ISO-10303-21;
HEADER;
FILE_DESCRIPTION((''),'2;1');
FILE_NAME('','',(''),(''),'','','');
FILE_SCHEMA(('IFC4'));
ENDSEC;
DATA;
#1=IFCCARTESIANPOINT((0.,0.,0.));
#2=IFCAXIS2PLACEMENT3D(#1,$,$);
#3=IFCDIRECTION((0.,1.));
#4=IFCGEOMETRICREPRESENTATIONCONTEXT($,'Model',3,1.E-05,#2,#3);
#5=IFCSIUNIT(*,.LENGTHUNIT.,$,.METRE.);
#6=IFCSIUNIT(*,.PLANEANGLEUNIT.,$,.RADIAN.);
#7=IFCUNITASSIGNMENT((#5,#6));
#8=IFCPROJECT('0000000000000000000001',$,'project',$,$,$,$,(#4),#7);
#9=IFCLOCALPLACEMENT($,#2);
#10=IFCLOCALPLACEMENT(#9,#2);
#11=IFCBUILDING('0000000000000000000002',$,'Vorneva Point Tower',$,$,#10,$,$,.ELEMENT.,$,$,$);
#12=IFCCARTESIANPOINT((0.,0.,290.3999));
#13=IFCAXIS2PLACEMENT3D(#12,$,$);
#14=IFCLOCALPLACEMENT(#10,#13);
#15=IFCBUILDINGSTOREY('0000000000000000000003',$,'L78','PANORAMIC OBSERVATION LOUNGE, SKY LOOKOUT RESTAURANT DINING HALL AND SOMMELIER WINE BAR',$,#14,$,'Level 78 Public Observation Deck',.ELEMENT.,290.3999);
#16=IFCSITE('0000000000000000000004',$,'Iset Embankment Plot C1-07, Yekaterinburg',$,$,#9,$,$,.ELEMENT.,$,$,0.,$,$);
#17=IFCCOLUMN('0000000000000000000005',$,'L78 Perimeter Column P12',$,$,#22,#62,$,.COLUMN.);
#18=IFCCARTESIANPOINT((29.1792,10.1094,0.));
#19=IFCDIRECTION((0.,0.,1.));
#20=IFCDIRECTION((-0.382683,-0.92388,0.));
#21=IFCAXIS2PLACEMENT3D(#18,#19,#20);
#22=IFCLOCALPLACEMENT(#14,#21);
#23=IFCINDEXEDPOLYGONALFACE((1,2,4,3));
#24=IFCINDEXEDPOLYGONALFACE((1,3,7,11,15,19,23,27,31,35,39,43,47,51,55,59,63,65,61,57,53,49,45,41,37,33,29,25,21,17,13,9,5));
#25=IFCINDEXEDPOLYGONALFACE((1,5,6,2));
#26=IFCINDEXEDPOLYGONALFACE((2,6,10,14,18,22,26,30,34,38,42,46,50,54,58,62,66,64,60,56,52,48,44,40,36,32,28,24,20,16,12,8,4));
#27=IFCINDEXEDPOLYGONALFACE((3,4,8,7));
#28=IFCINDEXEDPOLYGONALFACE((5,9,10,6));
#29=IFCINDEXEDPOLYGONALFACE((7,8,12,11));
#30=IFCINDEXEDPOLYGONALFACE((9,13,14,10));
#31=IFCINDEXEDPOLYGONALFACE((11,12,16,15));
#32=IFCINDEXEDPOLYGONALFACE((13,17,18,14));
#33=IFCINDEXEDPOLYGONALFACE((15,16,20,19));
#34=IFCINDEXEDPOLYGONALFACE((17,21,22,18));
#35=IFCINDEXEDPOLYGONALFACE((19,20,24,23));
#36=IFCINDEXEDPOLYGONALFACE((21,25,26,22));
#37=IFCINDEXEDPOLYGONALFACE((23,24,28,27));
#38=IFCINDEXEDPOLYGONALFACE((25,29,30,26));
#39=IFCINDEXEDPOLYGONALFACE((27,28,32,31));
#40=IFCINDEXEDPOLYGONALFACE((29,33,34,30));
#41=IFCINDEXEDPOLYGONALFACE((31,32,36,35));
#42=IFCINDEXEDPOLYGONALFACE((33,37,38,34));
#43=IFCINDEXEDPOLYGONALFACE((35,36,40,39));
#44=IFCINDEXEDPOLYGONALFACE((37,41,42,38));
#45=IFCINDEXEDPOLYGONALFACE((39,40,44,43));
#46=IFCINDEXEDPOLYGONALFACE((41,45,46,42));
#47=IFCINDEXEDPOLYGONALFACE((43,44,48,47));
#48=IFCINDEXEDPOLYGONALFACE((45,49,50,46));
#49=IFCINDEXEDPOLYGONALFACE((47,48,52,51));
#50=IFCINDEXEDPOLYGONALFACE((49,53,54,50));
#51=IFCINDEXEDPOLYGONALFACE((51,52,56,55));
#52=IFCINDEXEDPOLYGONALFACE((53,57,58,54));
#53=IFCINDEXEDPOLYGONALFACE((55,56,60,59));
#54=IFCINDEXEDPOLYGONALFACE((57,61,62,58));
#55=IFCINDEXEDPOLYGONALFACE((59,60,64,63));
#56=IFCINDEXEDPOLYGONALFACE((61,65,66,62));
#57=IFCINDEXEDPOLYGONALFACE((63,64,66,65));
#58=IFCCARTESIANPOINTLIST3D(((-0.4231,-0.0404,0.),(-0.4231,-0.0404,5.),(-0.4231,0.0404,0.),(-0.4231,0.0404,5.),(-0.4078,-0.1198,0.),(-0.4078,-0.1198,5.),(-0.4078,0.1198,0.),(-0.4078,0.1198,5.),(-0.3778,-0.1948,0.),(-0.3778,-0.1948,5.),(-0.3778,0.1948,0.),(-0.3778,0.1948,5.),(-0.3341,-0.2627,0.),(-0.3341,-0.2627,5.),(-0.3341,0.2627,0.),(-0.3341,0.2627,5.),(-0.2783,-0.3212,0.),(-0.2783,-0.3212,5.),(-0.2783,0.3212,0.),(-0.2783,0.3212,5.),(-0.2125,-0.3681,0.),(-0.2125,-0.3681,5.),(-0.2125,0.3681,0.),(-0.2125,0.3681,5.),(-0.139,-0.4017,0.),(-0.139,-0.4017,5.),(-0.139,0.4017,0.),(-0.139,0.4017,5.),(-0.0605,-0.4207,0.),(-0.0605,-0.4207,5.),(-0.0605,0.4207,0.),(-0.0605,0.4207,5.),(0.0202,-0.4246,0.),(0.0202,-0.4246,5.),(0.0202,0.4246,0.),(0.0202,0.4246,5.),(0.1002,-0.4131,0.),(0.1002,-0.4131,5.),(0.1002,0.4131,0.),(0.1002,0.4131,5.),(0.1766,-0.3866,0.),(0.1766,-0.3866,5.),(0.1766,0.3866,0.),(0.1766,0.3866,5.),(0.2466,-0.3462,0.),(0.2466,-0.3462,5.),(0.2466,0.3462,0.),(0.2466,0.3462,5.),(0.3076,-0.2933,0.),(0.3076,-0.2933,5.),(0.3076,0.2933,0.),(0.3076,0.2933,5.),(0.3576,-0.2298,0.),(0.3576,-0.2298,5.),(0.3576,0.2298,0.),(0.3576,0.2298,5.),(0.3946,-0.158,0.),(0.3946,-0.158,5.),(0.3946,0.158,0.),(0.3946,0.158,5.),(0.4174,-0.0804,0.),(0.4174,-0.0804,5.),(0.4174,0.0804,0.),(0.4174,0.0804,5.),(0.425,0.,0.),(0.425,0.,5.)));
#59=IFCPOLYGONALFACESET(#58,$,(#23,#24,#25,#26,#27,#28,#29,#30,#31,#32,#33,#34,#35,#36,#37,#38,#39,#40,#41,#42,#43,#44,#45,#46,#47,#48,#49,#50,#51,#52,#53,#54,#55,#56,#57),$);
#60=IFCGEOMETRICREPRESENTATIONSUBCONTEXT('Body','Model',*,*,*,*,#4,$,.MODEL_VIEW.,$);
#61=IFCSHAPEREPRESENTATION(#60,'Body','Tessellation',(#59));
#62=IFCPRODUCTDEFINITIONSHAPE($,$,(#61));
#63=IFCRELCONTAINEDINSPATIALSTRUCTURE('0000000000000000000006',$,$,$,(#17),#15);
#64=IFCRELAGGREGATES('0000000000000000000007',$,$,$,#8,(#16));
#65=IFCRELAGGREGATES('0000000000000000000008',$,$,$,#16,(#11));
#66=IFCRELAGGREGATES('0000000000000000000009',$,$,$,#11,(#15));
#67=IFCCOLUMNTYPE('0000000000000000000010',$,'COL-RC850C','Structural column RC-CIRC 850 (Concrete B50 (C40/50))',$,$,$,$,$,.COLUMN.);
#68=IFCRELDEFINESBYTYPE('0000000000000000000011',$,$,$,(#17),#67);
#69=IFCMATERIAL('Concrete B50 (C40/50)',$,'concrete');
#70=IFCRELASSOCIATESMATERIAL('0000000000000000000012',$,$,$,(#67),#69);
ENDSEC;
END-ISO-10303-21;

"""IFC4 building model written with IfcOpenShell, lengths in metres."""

from ifc_helpers import new_model, si_unit, direction, frame, origin, origin_2d, place, context, subcontext, project, spatial, circle, extrude, material, material_profile, profile_set, type_object, element, save


model = new_model("IFC4")

# Units and contexts
model_context = context("Model", 3, precision=1e-05, world=origin(), true_north=direction((0.0, 1.0)))
body_context = subcontext(model_context, "Body", "Model", "MODEL_VIEW")
ifc_project = project(units=[si_unit("LENGTHUNIT", "METRE"), si_unit("PLANEANGLEUNIT", "RADIAN")], contexts=[model_context])

# Site, building, storey
site_placement = place(None, origin())
site = spatial("IfcSite", under=ifc_project, at=site_placement, Name="Iset Embankment Plot C1-07, Yekaterinburg", CompositionType="ELEMENT", RefElevation=0.0)
building_placement = place(site_placement, origin())
building = spatial("IfcBuilding", under=site, at=building_placement, Name="Vorneva Point Tower", CompositionType="ELEMENT")
storey_placement = place(building_placement, frame((0.0, 0.0, 290.3999)))
storey = spatial("IfcBuildingStorey", under=building, at=storey_placement, Name="L78", Description="PANORAMIC OBSERVATION LOUNGE, SKY LOOKOUT RESTAURANT DINING HALL AND SOMMELIER WINE BAR", LongName="Level 78 Public Observation Deck", CompositionType="ELEMENT", Elevation=290.3999)

# Column
ifc_material_1 = material(Name="Concrete B50 (C40/50)", Category="concrete")
ifc_material_profile_1 = material_profile(ifc_material_1, circle(Radius=0.425, at=origin_2d()), Name="RC-CIRC 850")
ifc_profile_set_1 = profile_set([ifc_material_profile_1], Name="Concrete B50 (C40/50)")
column_type = type_object("IfcColumnType", Name="COL-RC850C", Description="Structural column RC-CIRC 850 (Concrete B50 (C40/50))", PredefinedType="COLUMN", material=ifc_profile_set_1)
for number, where, z_axis, x_axis, name in (
    (1, (29.1792, 10.1094, 0.0), (0.0, 0.0, 1.0), (-0.382683, -0.92388, 0.0), "L78 Perimeter Column P12"),
):
    element("IfcColumn", number, at=place(storey_placement, frame(where, z_axis=z_axis, x_axis=x_axis)), inside=storey, type_object=column_type, Name=name, PredefinedType="COLUMN", context=body_context, shape_type="SweptSolid", body=[
        extrude(circle(Radius=0.425, at=origin_2d()), origin(), (0.0, 0.0, 1.0), 5.0),
    ])

save(model, "model.ifc")
